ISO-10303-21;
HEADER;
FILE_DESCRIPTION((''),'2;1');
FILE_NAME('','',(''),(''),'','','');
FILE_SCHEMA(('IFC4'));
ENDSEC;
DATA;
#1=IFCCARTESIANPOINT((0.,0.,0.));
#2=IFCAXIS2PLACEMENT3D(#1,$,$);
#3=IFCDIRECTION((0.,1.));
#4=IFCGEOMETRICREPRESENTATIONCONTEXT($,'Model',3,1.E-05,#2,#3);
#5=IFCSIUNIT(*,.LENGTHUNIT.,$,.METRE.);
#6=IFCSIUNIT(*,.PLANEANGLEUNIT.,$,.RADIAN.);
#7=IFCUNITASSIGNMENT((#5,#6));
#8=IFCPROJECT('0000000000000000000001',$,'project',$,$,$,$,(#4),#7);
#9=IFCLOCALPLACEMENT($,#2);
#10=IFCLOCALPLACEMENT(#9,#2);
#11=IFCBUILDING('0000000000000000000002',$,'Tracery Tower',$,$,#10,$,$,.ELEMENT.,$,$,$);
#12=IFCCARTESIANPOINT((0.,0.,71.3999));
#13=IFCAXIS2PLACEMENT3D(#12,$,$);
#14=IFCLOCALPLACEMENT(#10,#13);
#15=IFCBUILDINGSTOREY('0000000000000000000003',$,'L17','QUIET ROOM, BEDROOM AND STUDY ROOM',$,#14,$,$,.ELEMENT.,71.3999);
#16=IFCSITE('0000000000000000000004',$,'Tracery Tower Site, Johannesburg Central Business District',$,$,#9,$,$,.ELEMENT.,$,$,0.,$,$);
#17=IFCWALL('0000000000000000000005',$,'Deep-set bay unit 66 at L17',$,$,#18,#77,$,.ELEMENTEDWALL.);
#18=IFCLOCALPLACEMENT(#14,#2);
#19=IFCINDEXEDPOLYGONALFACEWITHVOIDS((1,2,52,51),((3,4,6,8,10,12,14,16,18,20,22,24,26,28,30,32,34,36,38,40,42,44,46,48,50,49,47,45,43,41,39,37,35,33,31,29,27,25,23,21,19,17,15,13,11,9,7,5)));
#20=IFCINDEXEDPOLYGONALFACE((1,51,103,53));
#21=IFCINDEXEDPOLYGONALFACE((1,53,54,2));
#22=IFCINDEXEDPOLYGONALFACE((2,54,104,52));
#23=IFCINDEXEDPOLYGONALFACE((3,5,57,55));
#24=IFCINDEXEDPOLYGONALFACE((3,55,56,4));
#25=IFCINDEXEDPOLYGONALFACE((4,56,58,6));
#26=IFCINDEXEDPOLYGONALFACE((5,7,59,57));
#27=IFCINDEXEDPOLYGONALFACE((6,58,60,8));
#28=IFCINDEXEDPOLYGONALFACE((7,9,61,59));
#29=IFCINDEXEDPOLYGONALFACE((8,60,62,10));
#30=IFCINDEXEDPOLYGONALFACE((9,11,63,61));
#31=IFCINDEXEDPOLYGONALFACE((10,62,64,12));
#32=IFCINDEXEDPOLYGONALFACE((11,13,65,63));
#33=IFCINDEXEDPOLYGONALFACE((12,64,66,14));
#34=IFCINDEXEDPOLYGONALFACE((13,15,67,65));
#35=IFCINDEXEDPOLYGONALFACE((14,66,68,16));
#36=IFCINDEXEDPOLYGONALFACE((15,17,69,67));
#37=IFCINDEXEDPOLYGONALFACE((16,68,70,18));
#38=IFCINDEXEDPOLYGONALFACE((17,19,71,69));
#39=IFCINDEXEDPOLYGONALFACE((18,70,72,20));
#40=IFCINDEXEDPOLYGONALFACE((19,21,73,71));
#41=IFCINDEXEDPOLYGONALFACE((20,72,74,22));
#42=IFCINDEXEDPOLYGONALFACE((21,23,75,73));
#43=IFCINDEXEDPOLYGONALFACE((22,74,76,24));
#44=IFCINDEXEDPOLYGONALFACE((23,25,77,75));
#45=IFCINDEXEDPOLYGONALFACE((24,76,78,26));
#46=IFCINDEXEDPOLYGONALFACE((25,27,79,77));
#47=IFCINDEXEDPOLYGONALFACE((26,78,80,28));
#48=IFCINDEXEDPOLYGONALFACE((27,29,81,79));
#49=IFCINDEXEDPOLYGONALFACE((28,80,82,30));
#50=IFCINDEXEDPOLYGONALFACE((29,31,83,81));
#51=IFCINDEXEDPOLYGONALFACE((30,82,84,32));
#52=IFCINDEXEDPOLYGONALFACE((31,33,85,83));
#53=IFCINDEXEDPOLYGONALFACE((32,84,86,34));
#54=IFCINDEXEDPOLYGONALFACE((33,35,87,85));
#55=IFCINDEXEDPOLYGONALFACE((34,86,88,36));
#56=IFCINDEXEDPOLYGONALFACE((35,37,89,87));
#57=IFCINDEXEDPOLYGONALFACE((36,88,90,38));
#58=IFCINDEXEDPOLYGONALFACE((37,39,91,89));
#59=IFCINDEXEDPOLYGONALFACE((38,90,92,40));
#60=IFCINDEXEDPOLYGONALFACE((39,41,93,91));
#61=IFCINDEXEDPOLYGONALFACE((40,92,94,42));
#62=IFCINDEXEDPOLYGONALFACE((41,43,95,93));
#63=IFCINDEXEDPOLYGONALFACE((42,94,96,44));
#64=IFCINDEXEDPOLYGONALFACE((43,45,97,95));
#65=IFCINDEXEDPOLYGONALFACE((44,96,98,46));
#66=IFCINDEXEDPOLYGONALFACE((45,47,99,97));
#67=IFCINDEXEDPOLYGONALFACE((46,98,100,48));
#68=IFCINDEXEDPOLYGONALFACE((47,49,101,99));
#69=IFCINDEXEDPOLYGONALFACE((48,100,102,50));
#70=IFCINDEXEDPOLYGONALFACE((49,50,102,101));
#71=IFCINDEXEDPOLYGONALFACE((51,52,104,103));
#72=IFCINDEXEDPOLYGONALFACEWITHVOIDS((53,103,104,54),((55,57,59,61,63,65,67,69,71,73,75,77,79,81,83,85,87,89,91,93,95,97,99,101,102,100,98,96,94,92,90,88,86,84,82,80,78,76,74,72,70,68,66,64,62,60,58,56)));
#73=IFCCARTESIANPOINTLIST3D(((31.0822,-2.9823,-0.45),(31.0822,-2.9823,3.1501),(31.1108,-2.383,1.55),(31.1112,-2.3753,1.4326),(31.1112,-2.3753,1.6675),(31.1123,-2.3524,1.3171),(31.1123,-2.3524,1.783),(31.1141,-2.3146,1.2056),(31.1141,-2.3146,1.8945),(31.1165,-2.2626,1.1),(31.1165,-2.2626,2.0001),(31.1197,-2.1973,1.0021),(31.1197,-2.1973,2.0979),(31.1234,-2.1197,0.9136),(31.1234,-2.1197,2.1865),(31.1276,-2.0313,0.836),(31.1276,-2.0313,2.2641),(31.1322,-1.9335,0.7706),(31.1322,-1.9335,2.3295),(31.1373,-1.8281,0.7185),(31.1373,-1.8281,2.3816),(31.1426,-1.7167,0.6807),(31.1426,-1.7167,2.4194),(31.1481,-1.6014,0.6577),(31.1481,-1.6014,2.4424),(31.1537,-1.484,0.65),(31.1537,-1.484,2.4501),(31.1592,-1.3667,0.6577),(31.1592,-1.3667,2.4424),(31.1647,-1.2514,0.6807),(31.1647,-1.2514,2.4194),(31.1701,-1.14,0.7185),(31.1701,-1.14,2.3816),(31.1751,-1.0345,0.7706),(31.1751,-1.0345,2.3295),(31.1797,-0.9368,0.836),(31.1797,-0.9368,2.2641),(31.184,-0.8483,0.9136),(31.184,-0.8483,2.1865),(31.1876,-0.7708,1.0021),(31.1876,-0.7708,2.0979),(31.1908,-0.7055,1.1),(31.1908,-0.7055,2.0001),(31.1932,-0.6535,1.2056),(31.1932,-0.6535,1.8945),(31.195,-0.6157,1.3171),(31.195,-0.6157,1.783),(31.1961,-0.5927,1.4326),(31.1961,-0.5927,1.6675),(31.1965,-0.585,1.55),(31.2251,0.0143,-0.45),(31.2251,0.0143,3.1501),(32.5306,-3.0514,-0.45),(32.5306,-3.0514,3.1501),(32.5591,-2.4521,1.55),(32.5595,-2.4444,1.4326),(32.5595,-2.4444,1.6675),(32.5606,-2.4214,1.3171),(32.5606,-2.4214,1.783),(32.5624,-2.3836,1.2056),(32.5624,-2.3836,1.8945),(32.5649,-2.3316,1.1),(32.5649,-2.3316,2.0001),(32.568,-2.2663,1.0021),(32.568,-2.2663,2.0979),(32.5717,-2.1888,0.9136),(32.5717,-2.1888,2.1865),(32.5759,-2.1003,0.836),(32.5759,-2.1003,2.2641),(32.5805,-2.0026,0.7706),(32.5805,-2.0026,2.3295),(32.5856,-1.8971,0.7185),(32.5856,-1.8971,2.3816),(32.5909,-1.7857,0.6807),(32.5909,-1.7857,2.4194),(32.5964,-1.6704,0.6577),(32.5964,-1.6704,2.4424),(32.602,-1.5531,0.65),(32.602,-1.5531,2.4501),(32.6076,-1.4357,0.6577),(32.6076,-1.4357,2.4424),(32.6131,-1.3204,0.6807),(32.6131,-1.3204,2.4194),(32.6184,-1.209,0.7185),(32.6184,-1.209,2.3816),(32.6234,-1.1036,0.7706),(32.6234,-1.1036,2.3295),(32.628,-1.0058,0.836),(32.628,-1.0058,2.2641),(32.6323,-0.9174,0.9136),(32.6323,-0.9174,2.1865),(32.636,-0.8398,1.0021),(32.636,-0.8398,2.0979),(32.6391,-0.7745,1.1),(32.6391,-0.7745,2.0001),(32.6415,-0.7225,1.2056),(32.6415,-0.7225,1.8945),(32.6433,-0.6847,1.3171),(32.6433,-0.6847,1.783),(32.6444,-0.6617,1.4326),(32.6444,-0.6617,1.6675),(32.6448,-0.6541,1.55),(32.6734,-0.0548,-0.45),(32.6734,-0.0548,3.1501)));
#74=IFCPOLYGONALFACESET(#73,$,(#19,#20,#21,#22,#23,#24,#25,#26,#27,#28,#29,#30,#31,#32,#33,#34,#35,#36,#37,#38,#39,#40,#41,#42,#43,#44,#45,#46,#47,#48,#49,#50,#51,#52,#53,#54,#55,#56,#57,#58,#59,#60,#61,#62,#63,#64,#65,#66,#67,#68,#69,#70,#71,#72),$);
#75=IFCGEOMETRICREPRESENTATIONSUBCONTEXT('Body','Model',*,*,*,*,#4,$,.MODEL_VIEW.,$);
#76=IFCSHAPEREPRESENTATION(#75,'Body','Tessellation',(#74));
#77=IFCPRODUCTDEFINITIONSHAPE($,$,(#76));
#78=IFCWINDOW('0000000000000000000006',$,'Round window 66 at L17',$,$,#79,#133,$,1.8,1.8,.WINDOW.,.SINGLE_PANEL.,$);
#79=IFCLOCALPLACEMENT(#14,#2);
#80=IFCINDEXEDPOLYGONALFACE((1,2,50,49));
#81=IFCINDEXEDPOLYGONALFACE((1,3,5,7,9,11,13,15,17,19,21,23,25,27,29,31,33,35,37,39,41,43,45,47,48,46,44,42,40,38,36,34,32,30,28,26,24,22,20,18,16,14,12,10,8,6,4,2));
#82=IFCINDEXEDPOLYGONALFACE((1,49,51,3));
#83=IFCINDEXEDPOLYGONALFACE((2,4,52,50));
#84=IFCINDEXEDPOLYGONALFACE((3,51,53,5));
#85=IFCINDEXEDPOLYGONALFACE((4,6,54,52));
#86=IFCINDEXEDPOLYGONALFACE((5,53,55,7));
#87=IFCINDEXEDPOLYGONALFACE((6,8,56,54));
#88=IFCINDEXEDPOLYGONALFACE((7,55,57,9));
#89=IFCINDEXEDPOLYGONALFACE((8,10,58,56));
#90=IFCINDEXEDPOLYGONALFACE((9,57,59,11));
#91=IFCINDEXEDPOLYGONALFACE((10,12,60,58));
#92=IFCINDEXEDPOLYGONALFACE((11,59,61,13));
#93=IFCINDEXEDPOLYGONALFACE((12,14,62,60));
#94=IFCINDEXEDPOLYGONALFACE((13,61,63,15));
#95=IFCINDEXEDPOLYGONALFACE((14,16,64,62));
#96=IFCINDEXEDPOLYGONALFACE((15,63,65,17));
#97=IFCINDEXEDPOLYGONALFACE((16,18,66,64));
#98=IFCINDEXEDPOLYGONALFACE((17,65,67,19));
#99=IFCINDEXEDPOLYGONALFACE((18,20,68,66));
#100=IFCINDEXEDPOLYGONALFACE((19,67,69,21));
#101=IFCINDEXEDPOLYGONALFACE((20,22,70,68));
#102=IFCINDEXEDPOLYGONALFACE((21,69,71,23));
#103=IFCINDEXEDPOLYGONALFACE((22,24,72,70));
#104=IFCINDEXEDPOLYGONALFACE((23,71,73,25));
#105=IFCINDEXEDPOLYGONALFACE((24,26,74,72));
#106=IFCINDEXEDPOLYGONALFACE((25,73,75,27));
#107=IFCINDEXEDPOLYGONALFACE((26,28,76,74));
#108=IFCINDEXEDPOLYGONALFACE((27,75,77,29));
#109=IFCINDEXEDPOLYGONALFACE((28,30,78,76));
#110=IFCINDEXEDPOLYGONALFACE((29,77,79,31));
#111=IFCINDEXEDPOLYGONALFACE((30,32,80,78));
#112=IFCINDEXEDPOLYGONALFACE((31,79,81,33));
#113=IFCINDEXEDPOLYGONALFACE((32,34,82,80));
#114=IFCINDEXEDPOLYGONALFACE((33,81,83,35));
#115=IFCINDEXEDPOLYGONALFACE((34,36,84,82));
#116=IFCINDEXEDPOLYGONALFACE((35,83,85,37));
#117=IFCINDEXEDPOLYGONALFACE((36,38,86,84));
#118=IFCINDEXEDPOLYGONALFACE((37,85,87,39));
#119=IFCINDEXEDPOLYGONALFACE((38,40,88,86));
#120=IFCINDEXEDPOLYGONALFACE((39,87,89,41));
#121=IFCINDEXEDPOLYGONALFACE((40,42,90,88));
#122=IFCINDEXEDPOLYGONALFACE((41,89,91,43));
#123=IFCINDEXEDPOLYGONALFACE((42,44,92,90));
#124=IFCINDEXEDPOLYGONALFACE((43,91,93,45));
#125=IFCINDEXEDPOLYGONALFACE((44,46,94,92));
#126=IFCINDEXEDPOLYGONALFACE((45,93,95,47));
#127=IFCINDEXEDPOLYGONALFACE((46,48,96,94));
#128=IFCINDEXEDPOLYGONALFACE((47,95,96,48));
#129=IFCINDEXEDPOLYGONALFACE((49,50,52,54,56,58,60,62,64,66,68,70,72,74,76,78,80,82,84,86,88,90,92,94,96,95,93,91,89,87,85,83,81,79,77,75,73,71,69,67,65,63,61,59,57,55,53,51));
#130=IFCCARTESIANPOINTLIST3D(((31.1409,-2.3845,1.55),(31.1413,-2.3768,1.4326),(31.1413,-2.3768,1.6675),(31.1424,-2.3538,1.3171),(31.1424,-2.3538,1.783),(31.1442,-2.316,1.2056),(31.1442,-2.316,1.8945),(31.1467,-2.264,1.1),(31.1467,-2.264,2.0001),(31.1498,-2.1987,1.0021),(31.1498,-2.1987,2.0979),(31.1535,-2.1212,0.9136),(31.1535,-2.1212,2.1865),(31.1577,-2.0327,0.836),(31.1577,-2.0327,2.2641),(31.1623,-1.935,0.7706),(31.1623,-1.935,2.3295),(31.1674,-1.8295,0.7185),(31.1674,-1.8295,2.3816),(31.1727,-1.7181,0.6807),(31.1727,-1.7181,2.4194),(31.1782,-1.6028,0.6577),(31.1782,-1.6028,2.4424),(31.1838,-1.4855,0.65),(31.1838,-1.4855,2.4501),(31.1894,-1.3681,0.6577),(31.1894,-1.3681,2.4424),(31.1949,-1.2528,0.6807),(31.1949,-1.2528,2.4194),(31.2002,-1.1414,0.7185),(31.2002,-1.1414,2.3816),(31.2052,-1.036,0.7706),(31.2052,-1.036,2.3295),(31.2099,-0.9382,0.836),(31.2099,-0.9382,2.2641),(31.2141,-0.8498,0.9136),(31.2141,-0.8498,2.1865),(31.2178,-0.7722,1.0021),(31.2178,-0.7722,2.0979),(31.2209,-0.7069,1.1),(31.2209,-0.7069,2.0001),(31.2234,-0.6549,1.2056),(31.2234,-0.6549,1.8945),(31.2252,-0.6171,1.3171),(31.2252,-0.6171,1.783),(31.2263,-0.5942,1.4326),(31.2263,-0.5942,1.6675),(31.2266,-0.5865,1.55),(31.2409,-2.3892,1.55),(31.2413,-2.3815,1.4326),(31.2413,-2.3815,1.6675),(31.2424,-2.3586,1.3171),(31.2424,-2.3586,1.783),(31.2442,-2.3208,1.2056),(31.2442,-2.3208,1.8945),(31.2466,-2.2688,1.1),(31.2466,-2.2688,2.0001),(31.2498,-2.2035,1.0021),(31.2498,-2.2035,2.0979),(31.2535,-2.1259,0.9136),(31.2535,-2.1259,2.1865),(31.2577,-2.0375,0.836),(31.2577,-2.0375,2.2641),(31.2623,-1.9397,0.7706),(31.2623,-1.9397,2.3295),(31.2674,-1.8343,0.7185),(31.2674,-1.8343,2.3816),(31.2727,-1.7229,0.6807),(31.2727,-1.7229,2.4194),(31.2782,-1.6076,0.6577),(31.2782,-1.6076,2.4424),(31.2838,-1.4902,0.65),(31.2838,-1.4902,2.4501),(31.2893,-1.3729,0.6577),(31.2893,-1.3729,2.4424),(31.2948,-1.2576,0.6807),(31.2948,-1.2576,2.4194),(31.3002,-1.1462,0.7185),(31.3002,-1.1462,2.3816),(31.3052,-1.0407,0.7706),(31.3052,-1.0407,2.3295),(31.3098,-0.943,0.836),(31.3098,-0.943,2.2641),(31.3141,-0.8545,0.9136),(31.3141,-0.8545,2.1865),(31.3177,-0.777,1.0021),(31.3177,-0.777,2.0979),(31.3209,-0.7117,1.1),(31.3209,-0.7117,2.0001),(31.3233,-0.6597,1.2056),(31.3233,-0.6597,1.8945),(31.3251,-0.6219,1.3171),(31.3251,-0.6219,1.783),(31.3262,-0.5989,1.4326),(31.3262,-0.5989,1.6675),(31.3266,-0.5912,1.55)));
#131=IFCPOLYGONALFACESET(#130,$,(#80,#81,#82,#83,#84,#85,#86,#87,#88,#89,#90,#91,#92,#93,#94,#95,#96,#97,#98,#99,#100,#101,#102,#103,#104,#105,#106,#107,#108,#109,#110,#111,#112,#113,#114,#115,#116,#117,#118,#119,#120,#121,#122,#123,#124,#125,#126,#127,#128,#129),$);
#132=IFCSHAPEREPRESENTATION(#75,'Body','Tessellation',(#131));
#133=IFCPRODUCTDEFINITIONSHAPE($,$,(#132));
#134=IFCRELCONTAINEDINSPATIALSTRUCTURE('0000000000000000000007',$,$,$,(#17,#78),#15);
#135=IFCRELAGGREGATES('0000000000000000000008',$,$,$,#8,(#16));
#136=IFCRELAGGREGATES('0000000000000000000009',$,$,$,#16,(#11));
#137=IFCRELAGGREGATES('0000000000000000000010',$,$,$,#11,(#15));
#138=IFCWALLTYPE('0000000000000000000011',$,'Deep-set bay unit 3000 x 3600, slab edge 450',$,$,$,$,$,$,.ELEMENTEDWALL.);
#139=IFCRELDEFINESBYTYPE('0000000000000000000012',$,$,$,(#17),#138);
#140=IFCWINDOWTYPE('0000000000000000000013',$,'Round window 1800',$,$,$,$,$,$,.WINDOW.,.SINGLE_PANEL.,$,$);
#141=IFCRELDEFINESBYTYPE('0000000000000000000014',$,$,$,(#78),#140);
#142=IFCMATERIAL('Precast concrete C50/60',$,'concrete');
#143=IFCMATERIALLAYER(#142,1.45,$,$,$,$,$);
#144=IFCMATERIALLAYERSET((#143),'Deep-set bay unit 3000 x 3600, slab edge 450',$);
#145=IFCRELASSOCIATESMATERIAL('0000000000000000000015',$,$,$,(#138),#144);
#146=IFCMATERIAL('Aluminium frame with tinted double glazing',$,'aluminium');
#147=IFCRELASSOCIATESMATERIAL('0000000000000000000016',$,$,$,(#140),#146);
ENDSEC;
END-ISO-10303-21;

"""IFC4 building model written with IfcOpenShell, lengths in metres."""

from ifc_helpers import new_model, si_unit, direction, frame, frame_2d, origin, origin_2d, place, context, subcontext, project, spatial, rectangle, circle, extrude, material, layer, layer_set, type_object, element, fill, save


model = new_model("IFC4")

# Units and contexts
model_context = context("Model", 3, precision=1e-05, world=origin(), true_north=direction((0.0, 1.0)))
body_context = subcontext(model_context, "Body", "Model", "MODEL_VIEW")
ifc_project = project(units=[si_unit("LENGTHUNIT", "METRE"), si_unit("PLANEANGLEUNIT", "RADIAN")], contexts=[model_context])

# Site, building, storey
site_placement = place(None, origin())
site = spatial("IfcSite", under=ifc_project, at=site_placement, Name="Tracery Tower Site, Johannesburg Central Business District", CompositionType="ELEMENT", RefElevation=0.0)
building_placement = place(site_placement, origin())
building = spatial("IfcBuilding", under=site, at=building_placement, Name="Tracery Tower", CompositionType="ELEMENT")
storey_placement = place(building_placement, frame((0.0, 0.0, 71.3999)))
storey = spatial("IfcBuildingStorey", under=building, at=storey_placement, Name="L17", Description="QUIET ROOM, BEDROOM AND STUDY ROOM", CompositionType="ELEMENT", Elevation=71.3999)

# Wall, opening, window
ifc_material_1 = material(Name="Precast concrete C50/60", Category="concrete")
ifc_layer_1 = layer(ifc_material_1, 1.45)
ifc_layer_set_1 = layer_set([ifc_layer_1], Name="Deep-set bay unit 3000 x 3600, slab edge 450")
wall_type_1 = type_object("IfcWallType", Name="Deep-set bay unit 3000 x 3600, slab edge 450", PredefinedType="ELEMENTEDWALL", material=ifc_layer_set_1)
ifc_material_2 = material(Name="Aluminium frame with tinted double glazing", Category="aluminium")
window_type = type_object("IfcWindowType", Name="Round window 1800", PartitioningType="SINGLE_PANEL", PredefinedType="WINDOW", material=ifc_material_2)
wall_1_placement = place(storey_placement, frame((31.8064, -3.0168, -0.45), z_axis=(0.0, 0.0, 1.0), x_axis=(0.047608, 0.998866, 0.0)))
wall_1 = element("IfcWall", 1, at=wall_1_placement, inside=storey, type_object=wall_type_1, Name="Deep-set bay unit 66 at L17", PredefinedType="ELEMENTEDWALL", context=body_context, shape_type="SweptSolid", body=[
    extrude(rectangle(XDim=3.0, YDim=1.45, at=frame_2d((1.5, 0.0))), origin(), (0.0, 0.0, 1.0), 3.6001),
])
opening_1_placement = place(wall_1_placement, frame((1.5, 0.0, 2.0)))
opening_1 = element("IfcOpeningElement", 2, at=opening_1_placement, cuts=wall_1, PredefinedType="OPENING", context=body_context, shape_type="SweptSolid", body=[
    extrude(circle(Radius=0.9, at=origin_2d()), frame((0.0, 0.7349, 0.0), z_axis=(0.0, -1.0, 0.0), x_axis=(1.0, 0.0, 0.0)), (0.0, 0.0, 1.0), 1.47),
])
window_1_placement = place(opening_1_placement, origin())
window_1 = element("IfcWindow", 3, at=window_1_placement, inside=storey, type_object=window_type, Name="Round window 66 at L17", OverallHeight=1.8, OverallWidth=1.8, PartitioningType="SINGLE_PANEL", PredefinedType="WINDOW", context=body_context, shape_type="SweptSolid", body=[
    extrude(circle(Radius=0.9, at=origin_2d()), frame((0.0, 0.6948, 0.0), z_axis=(0.0, -1.0, 0.0), x_axis=(1.0, 0.0, 0.0)), (0.0, 0.0, 1.0), 0.1001),
])
fill(opening_1, window_1)

save(model, "model.ifc")
